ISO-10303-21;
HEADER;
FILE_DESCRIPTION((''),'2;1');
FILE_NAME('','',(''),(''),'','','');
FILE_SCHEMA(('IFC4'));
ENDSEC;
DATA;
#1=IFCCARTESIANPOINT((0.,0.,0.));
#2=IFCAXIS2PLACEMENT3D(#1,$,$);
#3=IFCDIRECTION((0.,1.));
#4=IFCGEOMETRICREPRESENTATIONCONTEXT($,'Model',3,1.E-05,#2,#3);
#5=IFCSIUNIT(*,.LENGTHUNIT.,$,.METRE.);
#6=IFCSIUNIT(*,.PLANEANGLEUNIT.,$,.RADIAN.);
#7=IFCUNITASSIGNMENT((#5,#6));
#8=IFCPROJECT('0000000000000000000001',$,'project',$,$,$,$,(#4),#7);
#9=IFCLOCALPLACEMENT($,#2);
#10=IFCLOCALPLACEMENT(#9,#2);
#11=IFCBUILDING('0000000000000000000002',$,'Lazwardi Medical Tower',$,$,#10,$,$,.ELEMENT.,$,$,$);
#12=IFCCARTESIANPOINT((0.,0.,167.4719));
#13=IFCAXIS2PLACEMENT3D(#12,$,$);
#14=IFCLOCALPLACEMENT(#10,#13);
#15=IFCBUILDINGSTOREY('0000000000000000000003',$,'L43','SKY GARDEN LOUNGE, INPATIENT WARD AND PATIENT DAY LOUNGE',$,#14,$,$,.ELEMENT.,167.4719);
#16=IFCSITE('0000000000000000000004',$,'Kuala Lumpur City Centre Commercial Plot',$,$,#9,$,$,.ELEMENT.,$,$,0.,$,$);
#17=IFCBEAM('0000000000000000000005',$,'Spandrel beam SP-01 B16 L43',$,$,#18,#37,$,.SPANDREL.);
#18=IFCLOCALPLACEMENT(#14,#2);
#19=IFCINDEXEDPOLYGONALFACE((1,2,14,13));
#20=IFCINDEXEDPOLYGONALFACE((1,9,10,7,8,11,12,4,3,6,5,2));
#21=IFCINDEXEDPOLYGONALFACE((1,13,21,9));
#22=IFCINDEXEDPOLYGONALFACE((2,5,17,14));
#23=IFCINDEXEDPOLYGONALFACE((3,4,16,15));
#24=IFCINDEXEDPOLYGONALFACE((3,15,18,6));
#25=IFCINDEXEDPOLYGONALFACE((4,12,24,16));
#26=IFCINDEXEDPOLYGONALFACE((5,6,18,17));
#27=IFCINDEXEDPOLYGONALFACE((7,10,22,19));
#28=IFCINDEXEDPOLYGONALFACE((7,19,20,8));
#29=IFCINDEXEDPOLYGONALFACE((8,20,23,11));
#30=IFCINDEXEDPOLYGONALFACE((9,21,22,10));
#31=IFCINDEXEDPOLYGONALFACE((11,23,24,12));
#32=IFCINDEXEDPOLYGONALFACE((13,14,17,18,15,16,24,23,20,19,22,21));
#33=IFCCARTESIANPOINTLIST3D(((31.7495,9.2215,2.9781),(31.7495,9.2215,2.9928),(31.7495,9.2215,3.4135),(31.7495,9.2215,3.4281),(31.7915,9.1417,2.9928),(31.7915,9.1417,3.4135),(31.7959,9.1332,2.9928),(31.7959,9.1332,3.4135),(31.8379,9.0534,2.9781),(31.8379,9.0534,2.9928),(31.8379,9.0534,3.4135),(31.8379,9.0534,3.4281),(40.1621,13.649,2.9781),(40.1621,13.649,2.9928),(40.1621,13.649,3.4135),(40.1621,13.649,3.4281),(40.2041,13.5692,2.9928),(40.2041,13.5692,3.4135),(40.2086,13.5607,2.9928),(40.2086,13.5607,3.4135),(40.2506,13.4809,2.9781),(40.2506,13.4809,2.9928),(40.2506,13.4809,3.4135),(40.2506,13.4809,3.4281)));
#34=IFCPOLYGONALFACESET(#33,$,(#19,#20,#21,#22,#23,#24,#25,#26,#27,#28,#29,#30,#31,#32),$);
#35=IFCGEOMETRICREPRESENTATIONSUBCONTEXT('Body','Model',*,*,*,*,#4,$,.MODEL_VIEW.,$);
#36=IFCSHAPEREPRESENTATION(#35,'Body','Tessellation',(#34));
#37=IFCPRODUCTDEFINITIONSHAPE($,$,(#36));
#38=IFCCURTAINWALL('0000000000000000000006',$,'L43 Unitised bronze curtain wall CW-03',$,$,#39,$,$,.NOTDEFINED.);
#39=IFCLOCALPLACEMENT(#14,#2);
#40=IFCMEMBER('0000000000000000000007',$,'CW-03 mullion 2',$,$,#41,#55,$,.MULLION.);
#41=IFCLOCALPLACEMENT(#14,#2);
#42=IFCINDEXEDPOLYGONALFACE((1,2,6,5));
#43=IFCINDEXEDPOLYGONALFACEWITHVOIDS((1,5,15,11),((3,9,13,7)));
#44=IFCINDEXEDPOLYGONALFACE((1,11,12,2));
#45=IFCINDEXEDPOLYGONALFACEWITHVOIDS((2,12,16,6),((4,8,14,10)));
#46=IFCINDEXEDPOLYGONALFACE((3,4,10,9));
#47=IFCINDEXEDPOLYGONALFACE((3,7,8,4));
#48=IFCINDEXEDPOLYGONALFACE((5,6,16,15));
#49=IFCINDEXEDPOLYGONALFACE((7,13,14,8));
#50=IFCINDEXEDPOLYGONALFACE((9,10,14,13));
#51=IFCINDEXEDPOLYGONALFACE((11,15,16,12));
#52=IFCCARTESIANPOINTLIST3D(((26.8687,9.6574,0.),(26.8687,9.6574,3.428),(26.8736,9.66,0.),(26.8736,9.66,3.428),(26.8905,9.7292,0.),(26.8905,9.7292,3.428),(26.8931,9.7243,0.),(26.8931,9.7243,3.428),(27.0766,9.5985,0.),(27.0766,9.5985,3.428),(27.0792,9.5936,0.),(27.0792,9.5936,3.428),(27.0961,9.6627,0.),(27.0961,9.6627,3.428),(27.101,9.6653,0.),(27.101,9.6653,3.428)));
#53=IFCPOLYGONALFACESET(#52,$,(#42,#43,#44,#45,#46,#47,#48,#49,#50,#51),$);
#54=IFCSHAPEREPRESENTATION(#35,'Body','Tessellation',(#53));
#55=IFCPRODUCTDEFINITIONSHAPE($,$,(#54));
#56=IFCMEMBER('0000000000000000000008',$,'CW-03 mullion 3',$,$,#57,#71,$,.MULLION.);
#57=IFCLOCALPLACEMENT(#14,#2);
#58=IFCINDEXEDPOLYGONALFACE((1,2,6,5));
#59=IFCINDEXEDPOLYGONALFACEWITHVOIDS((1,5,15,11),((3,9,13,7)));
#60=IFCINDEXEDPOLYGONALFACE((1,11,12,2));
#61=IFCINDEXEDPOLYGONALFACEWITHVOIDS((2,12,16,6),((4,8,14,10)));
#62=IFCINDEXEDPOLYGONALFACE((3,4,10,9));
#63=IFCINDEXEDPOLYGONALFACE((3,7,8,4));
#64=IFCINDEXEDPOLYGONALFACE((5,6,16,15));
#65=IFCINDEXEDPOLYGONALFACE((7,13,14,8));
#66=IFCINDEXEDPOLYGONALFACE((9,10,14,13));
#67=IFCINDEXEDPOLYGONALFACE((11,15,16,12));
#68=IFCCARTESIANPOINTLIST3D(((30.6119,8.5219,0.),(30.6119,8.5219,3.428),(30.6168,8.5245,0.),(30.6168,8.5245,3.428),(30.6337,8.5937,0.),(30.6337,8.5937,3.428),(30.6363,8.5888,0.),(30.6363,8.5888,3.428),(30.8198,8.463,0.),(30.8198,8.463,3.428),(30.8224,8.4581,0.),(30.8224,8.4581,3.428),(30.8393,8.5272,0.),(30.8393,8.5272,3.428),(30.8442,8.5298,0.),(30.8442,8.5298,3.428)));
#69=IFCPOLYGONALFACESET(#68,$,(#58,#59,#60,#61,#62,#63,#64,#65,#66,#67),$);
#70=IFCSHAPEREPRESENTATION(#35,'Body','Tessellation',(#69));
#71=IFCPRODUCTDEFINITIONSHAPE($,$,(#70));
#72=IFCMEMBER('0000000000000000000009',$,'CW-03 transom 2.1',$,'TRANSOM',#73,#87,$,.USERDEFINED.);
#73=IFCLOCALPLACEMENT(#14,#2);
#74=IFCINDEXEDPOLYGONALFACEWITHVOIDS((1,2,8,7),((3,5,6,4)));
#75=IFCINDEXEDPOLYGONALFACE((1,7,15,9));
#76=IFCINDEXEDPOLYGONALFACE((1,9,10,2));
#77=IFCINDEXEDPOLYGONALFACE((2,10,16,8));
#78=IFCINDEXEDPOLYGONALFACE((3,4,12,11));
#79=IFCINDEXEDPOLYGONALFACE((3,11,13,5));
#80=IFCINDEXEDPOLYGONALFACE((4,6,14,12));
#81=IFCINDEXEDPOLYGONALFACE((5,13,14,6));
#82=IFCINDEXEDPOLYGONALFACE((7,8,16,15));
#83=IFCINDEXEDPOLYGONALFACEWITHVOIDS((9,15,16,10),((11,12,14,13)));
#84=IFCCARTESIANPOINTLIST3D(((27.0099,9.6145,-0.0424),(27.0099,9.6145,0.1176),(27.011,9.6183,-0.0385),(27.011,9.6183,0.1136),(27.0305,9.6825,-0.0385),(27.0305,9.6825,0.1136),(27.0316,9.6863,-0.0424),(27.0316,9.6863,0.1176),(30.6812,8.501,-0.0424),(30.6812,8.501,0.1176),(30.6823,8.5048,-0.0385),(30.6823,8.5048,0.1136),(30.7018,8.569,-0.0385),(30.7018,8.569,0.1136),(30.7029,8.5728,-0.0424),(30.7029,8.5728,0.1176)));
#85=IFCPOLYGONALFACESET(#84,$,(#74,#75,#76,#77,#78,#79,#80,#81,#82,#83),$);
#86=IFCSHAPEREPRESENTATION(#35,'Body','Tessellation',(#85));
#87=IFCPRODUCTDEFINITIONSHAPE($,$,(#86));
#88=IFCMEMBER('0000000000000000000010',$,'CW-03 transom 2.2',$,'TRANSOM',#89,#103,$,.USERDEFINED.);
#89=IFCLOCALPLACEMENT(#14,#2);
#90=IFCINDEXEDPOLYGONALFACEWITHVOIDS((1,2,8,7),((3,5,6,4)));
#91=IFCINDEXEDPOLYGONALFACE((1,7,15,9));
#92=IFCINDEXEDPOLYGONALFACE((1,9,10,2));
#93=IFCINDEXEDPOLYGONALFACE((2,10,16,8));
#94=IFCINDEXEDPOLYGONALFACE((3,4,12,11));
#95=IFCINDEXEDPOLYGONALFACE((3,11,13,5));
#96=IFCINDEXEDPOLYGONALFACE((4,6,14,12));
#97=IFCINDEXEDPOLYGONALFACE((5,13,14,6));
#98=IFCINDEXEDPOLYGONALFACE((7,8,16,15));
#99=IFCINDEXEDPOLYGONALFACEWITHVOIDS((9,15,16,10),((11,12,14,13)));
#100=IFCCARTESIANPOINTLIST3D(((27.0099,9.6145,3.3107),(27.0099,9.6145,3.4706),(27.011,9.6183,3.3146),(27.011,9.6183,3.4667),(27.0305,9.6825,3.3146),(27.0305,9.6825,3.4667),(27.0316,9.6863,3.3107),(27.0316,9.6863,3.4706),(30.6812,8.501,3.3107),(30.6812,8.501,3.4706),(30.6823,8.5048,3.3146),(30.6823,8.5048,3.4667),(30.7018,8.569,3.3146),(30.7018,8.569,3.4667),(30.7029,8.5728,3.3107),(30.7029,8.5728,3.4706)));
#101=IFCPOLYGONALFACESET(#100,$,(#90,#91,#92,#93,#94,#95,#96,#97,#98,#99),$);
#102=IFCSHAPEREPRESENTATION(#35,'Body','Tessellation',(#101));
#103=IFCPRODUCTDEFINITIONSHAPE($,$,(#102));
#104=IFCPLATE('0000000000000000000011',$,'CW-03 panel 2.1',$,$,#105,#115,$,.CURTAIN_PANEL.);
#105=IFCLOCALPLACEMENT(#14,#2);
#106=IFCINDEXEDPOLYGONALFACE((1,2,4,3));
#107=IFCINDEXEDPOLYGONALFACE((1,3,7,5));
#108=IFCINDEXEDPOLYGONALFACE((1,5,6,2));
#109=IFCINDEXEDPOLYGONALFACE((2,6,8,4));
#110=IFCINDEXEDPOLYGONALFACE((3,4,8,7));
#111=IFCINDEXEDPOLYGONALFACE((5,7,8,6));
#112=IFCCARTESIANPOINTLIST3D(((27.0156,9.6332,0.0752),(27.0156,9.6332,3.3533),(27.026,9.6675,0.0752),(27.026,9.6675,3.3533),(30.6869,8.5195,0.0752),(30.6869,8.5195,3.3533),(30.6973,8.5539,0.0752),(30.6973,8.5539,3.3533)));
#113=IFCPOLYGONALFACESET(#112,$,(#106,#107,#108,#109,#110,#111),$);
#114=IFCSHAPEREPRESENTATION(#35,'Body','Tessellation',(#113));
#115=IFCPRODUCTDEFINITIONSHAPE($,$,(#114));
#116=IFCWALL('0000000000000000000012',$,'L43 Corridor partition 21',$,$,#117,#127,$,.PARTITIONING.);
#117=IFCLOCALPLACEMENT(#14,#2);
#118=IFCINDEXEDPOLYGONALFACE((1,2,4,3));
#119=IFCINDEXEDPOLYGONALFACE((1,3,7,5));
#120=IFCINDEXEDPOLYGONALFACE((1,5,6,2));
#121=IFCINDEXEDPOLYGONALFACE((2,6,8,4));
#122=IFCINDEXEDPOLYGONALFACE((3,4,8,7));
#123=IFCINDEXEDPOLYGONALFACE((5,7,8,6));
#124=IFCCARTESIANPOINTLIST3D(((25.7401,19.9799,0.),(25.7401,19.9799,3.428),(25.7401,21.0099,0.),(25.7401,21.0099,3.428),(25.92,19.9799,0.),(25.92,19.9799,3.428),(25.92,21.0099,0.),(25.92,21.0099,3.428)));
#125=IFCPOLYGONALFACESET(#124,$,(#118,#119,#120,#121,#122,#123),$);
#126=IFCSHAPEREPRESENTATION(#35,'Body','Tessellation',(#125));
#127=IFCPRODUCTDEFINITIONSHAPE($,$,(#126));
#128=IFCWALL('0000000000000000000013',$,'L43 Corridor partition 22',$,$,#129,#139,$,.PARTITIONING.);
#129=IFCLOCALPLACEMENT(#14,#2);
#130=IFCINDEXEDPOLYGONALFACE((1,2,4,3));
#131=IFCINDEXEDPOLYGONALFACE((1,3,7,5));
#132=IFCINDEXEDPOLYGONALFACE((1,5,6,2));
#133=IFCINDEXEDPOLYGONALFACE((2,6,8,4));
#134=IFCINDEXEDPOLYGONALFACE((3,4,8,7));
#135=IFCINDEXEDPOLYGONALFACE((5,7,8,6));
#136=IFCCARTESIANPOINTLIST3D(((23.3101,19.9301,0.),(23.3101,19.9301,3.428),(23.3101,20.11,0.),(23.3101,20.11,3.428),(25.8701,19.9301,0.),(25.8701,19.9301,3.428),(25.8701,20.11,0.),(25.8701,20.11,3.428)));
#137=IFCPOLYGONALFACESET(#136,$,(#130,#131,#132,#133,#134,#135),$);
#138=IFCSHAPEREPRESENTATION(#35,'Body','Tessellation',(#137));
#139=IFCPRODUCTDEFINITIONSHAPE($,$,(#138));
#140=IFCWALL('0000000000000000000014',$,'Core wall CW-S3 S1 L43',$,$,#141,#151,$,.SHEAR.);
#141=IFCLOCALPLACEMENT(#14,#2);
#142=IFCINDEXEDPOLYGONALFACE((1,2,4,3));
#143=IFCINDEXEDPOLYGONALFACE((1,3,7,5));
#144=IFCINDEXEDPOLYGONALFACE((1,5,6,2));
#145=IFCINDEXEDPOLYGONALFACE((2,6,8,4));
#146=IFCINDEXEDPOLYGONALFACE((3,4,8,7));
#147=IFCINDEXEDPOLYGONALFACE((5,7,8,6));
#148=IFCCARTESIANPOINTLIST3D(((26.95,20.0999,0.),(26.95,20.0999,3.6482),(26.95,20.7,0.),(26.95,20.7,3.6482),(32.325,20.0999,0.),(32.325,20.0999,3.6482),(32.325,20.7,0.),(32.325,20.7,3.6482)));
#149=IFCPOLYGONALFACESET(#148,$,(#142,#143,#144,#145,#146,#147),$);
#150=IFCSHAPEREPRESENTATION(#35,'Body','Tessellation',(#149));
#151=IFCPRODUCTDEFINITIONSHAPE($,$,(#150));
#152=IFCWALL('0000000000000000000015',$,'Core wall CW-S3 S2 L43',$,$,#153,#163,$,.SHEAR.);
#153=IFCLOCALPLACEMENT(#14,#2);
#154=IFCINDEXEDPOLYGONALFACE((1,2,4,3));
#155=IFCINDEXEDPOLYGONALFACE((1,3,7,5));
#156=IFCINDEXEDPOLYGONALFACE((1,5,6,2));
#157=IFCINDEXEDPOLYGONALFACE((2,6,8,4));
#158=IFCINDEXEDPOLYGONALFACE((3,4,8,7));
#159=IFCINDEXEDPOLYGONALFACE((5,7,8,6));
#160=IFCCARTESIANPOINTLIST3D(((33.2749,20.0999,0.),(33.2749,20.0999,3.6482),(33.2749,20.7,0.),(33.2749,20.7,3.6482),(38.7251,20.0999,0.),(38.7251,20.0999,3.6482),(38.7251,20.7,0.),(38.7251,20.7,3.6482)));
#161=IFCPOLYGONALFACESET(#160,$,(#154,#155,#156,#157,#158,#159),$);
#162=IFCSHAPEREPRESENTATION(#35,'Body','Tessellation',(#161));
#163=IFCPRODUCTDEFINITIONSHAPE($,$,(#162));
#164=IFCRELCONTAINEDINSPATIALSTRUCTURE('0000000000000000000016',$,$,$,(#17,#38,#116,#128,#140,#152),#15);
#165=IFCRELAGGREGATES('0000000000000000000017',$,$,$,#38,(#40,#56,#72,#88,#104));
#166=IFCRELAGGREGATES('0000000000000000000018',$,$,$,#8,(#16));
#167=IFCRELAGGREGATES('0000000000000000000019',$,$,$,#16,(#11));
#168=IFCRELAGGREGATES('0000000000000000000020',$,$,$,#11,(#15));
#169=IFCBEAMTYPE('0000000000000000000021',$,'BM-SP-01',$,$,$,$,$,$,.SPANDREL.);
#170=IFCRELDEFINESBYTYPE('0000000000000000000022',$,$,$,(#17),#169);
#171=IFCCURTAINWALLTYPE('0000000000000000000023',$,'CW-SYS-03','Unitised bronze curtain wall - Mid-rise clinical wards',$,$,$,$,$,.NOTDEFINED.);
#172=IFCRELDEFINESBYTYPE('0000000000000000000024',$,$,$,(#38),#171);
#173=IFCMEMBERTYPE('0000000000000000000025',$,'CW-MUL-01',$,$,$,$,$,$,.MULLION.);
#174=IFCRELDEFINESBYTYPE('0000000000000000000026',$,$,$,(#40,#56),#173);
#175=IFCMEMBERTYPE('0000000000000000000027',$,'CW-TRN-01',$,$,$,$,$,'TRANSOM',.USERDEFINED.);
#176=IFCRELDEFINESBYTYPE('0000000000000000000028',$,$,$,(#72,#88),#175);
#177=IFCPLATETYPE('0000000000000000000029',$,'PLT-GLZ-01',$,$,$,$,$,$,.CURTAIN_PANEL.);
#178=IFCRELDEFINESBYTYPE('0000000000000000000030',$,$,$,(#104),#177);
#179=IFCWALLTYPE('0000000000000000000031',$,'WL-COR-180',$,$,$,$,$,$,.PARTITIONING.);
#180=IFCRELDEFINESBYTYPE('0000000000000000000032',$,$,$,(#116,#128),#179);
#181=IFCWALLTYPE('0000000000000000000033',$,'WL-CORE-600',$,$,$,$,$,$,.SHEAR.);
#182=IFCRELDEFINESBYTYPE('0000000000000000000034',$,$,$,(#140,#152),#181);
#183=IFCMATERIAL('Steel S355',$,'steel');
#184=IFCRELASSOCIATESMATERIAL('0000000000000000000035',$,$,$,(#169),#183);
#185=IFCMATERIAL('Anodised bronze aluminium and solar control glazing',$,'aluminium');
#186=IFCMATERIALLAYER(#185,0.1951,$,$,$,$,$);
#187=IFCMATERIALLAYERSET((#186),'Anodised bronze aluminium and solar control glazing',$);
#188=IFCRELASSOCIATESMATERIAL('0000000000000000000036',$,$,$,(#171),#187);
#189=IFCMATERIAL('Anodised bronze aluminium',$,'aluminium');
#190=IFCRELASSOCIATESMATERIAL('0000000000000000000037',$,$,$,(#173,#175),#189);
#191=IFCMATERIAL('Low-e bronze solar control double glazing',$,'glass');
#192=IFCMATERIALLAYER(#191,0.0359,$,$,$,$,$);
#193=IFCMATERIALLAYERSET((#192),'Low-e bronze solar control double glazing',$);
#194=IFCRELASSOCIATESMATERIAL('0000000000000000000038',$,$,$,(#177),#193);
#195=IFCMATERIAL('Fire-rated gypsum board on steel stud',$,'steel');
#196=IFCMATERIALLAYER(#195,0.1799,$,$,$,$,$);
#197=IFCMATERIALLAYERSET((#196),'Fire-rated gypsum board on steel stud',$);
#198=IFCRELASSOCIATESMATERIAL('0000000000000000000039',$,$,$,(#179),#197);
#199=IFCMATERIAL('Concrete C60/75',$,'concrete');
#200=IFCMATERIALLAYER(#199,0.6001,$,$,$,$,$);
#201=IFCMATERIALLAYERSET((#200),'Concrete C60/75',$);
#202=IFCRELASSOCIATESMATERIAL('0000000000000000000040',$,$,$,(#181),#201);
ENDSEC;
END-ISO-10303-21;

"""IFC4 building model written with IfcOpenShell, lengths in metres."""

from ifc_helpers import new_model, si_unit, direction, frame, frame_2d, origin, origin_2d, place, context, subcontext, project, spatial, rectangle, hollow_rectangle, i_section, extrude, material, layer, layer_set, material_profile, profile_set, type_object, element, aggregate, save


model = new_model("IFC4")

# Units and contexts
model_context = context("Model", 3, precision=1e-05, world=origin(), true_north=direction((0.0, 1.0)))
body_context = subcontext(model_context, "Body", "Model", "MODEL_VIEW")
ifc_project = project(units=[si_unit("LENGTHUNIT", "METRE"), si_unit("PLANEANGLEUNIT", "RADIAN")], contexts=[model_context])

# Site, building, storey
site_placement = place(None, origin())
site = spatial("IfcSite", under=ifc_project, at=site_placement, Name="Kuala Lumpur City Centre Commercial Plot", CompositionType="ELEMENT", RefElevation=0.0)
building_placement = place(site_placement, origin())
building = spatial("IfcBuilding", under=site, at=building_placement, Name="Lazwardi Medical Tower", CompositionType="ELEMENT")
storey_placement = place(building_placement, frame((0.0, 0.0, 167.4719)))
storey = spatial("IfcBuildingStorey", under=building, at=storey_placement, Name="L43", Description="SKY GARDEN LOUNGE, INPATIENT WARD AND PATIENT DAY LOUNGE", CompositionType="ELEMENT", Elevation=167.4719)

# Shared definitions
ifc_material_1 = material(Name="Concrete C60/75", Category="concrete")

# Beam
ifc_material_2 = material(Name="Steel S355", Category="steel")
ifc_material_profile_1 = material_profile(ifc_material_2, i_section(OverallWidth=0.1899, OverallDepth=0.45, WebThickness=0.0095, FlangeThickness=0.0146, at=origin_2d()), Name="IPE 450")
ifc_profile_set_1 = profile_set([ifc_material_profile_1], Name="Steel S355")
beam_type_1 = type_object("IfcBeamType", Name="BM-SP-01", PredefinedType="SPANDREL", material=ifc_profile_set_1)
beam_1_placement = place(storey_placement, frame((31.7937, 9.1375, 3.2031), z_axis=(0.884927, 0.465731, 0.0), x_axis=(-0.465731, 0.884927, 0.0)))
element("IfcBeam", 1, at=beam_1_placement, inside=storey, type_object=beam_type_1, Name="Spandrel beam SP-01 B16 L43", PredefinedType="SPANDREL", context=body_context, shape_type="SweptSolid", body=[
    extrude(i_section(OverallWidth=0.1899, OverallDepth=0.45, WebThickness=0.0095, FlangeThickness=0.0146, at=origin_2d()), origin(), (0.0, 0.0, 1.0), 9.5066),
])

# Curtain wall, members, plate
ifc_material_3 = material(Name="Anodised bronze aluminium and solar control glazing", Category="aluminium")
ifc_layer_1 = layer(ifc_material_3, 0.1951)
ifc_layer_set_1 = layer_set([ifc_layer_1], Name="Anodised bronze aluminium and solar control glazing")
curtain_wall_type = type_object("IfcCurtainWallType", Name="CW-SYS-03", Description="Unitised bronze curtain wall - Mid-rise clinical wards", PredefinedType="NOTDEFINED", material=ifc_layer_set_1)
curtain_wall_placement = place(storey_placement, origin())
curtain_wall = element("IfcCurtainWall", 2, at=curtain_wall_placement, inside=storey, type_object=curtain_wall_type, Name="L43 Unitised bronze curtain wall CW-03", PredefinedType="NOTDEFINED")
ifc_material_4 = material(Name="Anodised bronze aluminium", Category="aluminium")
ifc_material_profile_2 = material_profile(ifc_material_4, hollow_rectangle(XDim=0.075, YDim=0.22, WallThickness=0.0039, at=origin_2d()), Name="ALU-MULLION 220x75x4")
ifc_profile_set_2 = profile_set([ifc_material_profile_2], Name="Anodised bronze aluminium")
member_type_1 = type_object("IfcMemberType", Name="CW-MUL-01", PredefinedType="MULLION", material=ifc_profile_set_2)
member_1_placement = place(storey_placement, frame((26.9849, 9.6614, 0.0), z_axis=(0.0, 0.0, 1.0), x_axis=(0.290281, 0.956942, 0.0)))
member_1 = element("IfcMember", 3, at=member_1_placement, type_object=member_type_1, Name="CW-03 mullion 2", PredefinedType="MULLION", context=body_context, shape_type="SweptSolid", body=[
    extrude(hollow_rectangle(XDim=0.075, YDim=0.22, WallThickness=0.0039, at=origin_2d()), origin(), (0.0, 0.0, 1.0), 3.428),
])
member_2_placement = place(storey_placement, frame((30.728, 8.5259, 0.0), z_axis=(0.0, 0.0, 1.0), x_axis=(0.290281, 0.956942, 0.0)))
member_2 = element("IfcMember", 4, at=member_2_placement, type_object=member_type_1, Name="CW-03 mullion 3", PredefinedType="MULLION", context=body_context, shape_type="SweptSolid", body=[
    extrude(hollow_rectangle(XDim=0.075, YDim=0.22, WallThickness=0.0039, at=origin_2d()), origin(), (0.0, 0.0, 1.0), 3.428),
])
ifc_material_profile_3 = material_profile(ifc_material_4, hollow_rectangle(XDim=0.075, YDim=0.1599, WallThickness=0.0039, at=origin_2d()), Name="ALU-TRANSOM 160x75x4")
ifc_profile_set_3 = profile_set([ifc_material_profile_3], Name="Anodised bronze aluminium")
member_type_2 = type_object("IfcMemberType", Name="CW-TRN-01", ElementType="TRANSOM", PredefinedType="USERDEFINED", material=ifc_profile_set_3)
member_3_placement = place(storey_placement, frame((27.0208, 9.6504, 0.0376), z_axis=(0.956953, -0.290242, 0.0), x_axis=(0.290242, 0.956953, 0.0)))
member_3 = element("IfcMember", 5, at=member_3_placement, type_object=member_type_2, Name="CW-03 transom 2.1", ObjectType="TRANSOM", PredefinedType="USERDEFINED", context=body_context, shape_type="SweptSolid", body=[
    extrude(hollow_rectangle(XDim=0.075, YDim=0.1599, WallThickness=0.0039, at=origin_2d()), origin(), (0.0, 0.0, 1.0), 3.8364),
])
member_4_placement = place(storey_placement, frame((27.0208, 9.6504, 3.3906), z_axis=(0.956953, -0.290242, 0.0), x_axis=(0.290242, 0.956953, 0.0)))
member_4 = element("IfcMember", 6, at=member_4_placement, type_object=member_type_2, Name="CW-03 transom 2.2", ObjectType="TRANSOM", PredefinedType="USERDEFINED", context=body_context, shape_type="SweptSolid", body=[
    extrude(hollow_rectangle(XDim=0.075, YDim=0.1599, WallThickness=0.0039, at=origin_2d()), origin(), (0.0, 0.0, 1.0), 3.8364),
])
ifc_material_5 = material(Name="Low-e bronze solar control double glazing", Category="glass")
ifc_layer_2 = layer(ifc_material_5, 0.0359)
ifc_layer_set_2 = layer_set([ifc_layer_2], Name="Low-e bronze solar control double glazing")
plate_type = type_object("IfcPlateType", Name="PLT-GLZ-01", PredefinedType="CURTAIN_PANEL", material=ifc_layer_set_2)
plate_placement = place(storey_placement, frame((28.8564, 9.0935, 0.0752), z_axis=(0.0, 0.0, 1.0), x_axis=(0.956942, -0.290281, 0.0)))
plate = element("IfcPlate", 7, at=plate_placement, type_object=plate_type, Name="CW-03 panel 2.1", PredefinedType="CURTAIN_PANEL", context=body_context, shape_type="SweptSolid", body=[
    extrude(rectangle(XDim=3.8364, YDim=0.0359, at=origin_2d()), origin(), (0.0, 0.0, 1.0), 3.2781),
])
aggregate(curtain_wall, [member_1, member_2, member_3, member_4, plate])

# Walls
ifc_material_6 = material(Name="Fire-rated gypsum board on steel stud", Category="steel")
ifc_layer_3 = layer(ifc_material_6, 0.1799)
ifc_layer_set_3 = layer_set([ifc_layer_3], Name="Fire-rated gypsum board on steel stud")
wall_type_1 = type_object("IfcWallType", Name="WL-COR-180", PredefinedType="PARTITIONING", material=ifc_layer_set_3)
wall_1_placement = place(storey_placement, frame((25.8301, 21.01, 0.0), z_axis=(0.0, 0.0, 1.0), x_axis=(0.0, -1.0, 0.0)))
element("IfcWall", 8, at=wall_1_placement, inside=storey, type_object=wall_type_1, Name="L43 Corridor partition 21", PredefinedType="PARTITIONING", context=body_context, shape_type="SweptSolid", body=[
    extrude(rectangle(XDim=1.03, YDim=0.1799, at=frame_2d((0.5151, 0.0))), origin(), (0.0, 0.0, 1.0), 3.428),
])
wall_2_placement = place(storey_placement, frame((25.8701, 20.02, 0.0), z_axis=(0.0, 0.0, 1.0), x_axis=(-1.0, 0.0, 0.0)))
element("IfcWall", 9, at=wall_2_placement, inside=storey, type_object=wall_type_1, Name="L43 Corridor partition 22", PredefinedType="PARTITIONING", context=body_context, shape_type="SweptSolid", body=[
    extrude(rectangle(XDim=2.5601, YDim=0.1799, at=frame_2d((1.28, 0.0))), origin(), (0.0, 0.0, 1.0), 3.428),
])

# Shared definitions
ifc_layer_4 = layer(ifc_material_1, 0.6001)
ifc_layer_set_4 = layer_set([ifc_layer_4], Name="Concrete C60/75")
wall_type_2 = type_object("IfcWallType", Name="WL-CORE-600", PredefinedType="SHEAR", material=ifc_layer_set_4)

# Walls
wall_3_placement = place(storey_placement, frame((26.95, 20.3999, 0.0), z_axis=(0.0, 0.0, 1.0), x_axis=(1.0, 0.0, 0.0)))
element("IfcWall", 10, at=wall_3_placement, inside=storey, type_object=wall_type_2, Name="Core wall CW-S3 S1 L43", PredefinedType="SHEAR", context=body_context, shape_type="SweptSolid", body=[
    extrude(rectangle(XDim=5.375, YDim=0.6001, at=frame_2d((2.6875, 0.0))), origin(), (0.0, 0.0, 1.0), 3.6482),
])
wall_4_placement = place(storey_placement, frame((33.2749, 20.3999, 0.0), z_axis=(0.0, 0.0, 1.0), x_axis=(1.0, 0.0, 0.0)))
element("IfcWall", 11, at=wall_4_placement, inside=storey, type_object=wall_type_2, Name="Core wall CW-S3 S2 L43", PredefinedType="SHEAR", context=body_context, shape_type="SweptSolid", body=[
    extrude(rectangle(XDim=5.4502, YDim=0.6001, at=frame_2d((2.7251, 0.0))), origin(), (0.0, 0.0, 1.0), 3.6482),
])

save(model, "model.ifc")
